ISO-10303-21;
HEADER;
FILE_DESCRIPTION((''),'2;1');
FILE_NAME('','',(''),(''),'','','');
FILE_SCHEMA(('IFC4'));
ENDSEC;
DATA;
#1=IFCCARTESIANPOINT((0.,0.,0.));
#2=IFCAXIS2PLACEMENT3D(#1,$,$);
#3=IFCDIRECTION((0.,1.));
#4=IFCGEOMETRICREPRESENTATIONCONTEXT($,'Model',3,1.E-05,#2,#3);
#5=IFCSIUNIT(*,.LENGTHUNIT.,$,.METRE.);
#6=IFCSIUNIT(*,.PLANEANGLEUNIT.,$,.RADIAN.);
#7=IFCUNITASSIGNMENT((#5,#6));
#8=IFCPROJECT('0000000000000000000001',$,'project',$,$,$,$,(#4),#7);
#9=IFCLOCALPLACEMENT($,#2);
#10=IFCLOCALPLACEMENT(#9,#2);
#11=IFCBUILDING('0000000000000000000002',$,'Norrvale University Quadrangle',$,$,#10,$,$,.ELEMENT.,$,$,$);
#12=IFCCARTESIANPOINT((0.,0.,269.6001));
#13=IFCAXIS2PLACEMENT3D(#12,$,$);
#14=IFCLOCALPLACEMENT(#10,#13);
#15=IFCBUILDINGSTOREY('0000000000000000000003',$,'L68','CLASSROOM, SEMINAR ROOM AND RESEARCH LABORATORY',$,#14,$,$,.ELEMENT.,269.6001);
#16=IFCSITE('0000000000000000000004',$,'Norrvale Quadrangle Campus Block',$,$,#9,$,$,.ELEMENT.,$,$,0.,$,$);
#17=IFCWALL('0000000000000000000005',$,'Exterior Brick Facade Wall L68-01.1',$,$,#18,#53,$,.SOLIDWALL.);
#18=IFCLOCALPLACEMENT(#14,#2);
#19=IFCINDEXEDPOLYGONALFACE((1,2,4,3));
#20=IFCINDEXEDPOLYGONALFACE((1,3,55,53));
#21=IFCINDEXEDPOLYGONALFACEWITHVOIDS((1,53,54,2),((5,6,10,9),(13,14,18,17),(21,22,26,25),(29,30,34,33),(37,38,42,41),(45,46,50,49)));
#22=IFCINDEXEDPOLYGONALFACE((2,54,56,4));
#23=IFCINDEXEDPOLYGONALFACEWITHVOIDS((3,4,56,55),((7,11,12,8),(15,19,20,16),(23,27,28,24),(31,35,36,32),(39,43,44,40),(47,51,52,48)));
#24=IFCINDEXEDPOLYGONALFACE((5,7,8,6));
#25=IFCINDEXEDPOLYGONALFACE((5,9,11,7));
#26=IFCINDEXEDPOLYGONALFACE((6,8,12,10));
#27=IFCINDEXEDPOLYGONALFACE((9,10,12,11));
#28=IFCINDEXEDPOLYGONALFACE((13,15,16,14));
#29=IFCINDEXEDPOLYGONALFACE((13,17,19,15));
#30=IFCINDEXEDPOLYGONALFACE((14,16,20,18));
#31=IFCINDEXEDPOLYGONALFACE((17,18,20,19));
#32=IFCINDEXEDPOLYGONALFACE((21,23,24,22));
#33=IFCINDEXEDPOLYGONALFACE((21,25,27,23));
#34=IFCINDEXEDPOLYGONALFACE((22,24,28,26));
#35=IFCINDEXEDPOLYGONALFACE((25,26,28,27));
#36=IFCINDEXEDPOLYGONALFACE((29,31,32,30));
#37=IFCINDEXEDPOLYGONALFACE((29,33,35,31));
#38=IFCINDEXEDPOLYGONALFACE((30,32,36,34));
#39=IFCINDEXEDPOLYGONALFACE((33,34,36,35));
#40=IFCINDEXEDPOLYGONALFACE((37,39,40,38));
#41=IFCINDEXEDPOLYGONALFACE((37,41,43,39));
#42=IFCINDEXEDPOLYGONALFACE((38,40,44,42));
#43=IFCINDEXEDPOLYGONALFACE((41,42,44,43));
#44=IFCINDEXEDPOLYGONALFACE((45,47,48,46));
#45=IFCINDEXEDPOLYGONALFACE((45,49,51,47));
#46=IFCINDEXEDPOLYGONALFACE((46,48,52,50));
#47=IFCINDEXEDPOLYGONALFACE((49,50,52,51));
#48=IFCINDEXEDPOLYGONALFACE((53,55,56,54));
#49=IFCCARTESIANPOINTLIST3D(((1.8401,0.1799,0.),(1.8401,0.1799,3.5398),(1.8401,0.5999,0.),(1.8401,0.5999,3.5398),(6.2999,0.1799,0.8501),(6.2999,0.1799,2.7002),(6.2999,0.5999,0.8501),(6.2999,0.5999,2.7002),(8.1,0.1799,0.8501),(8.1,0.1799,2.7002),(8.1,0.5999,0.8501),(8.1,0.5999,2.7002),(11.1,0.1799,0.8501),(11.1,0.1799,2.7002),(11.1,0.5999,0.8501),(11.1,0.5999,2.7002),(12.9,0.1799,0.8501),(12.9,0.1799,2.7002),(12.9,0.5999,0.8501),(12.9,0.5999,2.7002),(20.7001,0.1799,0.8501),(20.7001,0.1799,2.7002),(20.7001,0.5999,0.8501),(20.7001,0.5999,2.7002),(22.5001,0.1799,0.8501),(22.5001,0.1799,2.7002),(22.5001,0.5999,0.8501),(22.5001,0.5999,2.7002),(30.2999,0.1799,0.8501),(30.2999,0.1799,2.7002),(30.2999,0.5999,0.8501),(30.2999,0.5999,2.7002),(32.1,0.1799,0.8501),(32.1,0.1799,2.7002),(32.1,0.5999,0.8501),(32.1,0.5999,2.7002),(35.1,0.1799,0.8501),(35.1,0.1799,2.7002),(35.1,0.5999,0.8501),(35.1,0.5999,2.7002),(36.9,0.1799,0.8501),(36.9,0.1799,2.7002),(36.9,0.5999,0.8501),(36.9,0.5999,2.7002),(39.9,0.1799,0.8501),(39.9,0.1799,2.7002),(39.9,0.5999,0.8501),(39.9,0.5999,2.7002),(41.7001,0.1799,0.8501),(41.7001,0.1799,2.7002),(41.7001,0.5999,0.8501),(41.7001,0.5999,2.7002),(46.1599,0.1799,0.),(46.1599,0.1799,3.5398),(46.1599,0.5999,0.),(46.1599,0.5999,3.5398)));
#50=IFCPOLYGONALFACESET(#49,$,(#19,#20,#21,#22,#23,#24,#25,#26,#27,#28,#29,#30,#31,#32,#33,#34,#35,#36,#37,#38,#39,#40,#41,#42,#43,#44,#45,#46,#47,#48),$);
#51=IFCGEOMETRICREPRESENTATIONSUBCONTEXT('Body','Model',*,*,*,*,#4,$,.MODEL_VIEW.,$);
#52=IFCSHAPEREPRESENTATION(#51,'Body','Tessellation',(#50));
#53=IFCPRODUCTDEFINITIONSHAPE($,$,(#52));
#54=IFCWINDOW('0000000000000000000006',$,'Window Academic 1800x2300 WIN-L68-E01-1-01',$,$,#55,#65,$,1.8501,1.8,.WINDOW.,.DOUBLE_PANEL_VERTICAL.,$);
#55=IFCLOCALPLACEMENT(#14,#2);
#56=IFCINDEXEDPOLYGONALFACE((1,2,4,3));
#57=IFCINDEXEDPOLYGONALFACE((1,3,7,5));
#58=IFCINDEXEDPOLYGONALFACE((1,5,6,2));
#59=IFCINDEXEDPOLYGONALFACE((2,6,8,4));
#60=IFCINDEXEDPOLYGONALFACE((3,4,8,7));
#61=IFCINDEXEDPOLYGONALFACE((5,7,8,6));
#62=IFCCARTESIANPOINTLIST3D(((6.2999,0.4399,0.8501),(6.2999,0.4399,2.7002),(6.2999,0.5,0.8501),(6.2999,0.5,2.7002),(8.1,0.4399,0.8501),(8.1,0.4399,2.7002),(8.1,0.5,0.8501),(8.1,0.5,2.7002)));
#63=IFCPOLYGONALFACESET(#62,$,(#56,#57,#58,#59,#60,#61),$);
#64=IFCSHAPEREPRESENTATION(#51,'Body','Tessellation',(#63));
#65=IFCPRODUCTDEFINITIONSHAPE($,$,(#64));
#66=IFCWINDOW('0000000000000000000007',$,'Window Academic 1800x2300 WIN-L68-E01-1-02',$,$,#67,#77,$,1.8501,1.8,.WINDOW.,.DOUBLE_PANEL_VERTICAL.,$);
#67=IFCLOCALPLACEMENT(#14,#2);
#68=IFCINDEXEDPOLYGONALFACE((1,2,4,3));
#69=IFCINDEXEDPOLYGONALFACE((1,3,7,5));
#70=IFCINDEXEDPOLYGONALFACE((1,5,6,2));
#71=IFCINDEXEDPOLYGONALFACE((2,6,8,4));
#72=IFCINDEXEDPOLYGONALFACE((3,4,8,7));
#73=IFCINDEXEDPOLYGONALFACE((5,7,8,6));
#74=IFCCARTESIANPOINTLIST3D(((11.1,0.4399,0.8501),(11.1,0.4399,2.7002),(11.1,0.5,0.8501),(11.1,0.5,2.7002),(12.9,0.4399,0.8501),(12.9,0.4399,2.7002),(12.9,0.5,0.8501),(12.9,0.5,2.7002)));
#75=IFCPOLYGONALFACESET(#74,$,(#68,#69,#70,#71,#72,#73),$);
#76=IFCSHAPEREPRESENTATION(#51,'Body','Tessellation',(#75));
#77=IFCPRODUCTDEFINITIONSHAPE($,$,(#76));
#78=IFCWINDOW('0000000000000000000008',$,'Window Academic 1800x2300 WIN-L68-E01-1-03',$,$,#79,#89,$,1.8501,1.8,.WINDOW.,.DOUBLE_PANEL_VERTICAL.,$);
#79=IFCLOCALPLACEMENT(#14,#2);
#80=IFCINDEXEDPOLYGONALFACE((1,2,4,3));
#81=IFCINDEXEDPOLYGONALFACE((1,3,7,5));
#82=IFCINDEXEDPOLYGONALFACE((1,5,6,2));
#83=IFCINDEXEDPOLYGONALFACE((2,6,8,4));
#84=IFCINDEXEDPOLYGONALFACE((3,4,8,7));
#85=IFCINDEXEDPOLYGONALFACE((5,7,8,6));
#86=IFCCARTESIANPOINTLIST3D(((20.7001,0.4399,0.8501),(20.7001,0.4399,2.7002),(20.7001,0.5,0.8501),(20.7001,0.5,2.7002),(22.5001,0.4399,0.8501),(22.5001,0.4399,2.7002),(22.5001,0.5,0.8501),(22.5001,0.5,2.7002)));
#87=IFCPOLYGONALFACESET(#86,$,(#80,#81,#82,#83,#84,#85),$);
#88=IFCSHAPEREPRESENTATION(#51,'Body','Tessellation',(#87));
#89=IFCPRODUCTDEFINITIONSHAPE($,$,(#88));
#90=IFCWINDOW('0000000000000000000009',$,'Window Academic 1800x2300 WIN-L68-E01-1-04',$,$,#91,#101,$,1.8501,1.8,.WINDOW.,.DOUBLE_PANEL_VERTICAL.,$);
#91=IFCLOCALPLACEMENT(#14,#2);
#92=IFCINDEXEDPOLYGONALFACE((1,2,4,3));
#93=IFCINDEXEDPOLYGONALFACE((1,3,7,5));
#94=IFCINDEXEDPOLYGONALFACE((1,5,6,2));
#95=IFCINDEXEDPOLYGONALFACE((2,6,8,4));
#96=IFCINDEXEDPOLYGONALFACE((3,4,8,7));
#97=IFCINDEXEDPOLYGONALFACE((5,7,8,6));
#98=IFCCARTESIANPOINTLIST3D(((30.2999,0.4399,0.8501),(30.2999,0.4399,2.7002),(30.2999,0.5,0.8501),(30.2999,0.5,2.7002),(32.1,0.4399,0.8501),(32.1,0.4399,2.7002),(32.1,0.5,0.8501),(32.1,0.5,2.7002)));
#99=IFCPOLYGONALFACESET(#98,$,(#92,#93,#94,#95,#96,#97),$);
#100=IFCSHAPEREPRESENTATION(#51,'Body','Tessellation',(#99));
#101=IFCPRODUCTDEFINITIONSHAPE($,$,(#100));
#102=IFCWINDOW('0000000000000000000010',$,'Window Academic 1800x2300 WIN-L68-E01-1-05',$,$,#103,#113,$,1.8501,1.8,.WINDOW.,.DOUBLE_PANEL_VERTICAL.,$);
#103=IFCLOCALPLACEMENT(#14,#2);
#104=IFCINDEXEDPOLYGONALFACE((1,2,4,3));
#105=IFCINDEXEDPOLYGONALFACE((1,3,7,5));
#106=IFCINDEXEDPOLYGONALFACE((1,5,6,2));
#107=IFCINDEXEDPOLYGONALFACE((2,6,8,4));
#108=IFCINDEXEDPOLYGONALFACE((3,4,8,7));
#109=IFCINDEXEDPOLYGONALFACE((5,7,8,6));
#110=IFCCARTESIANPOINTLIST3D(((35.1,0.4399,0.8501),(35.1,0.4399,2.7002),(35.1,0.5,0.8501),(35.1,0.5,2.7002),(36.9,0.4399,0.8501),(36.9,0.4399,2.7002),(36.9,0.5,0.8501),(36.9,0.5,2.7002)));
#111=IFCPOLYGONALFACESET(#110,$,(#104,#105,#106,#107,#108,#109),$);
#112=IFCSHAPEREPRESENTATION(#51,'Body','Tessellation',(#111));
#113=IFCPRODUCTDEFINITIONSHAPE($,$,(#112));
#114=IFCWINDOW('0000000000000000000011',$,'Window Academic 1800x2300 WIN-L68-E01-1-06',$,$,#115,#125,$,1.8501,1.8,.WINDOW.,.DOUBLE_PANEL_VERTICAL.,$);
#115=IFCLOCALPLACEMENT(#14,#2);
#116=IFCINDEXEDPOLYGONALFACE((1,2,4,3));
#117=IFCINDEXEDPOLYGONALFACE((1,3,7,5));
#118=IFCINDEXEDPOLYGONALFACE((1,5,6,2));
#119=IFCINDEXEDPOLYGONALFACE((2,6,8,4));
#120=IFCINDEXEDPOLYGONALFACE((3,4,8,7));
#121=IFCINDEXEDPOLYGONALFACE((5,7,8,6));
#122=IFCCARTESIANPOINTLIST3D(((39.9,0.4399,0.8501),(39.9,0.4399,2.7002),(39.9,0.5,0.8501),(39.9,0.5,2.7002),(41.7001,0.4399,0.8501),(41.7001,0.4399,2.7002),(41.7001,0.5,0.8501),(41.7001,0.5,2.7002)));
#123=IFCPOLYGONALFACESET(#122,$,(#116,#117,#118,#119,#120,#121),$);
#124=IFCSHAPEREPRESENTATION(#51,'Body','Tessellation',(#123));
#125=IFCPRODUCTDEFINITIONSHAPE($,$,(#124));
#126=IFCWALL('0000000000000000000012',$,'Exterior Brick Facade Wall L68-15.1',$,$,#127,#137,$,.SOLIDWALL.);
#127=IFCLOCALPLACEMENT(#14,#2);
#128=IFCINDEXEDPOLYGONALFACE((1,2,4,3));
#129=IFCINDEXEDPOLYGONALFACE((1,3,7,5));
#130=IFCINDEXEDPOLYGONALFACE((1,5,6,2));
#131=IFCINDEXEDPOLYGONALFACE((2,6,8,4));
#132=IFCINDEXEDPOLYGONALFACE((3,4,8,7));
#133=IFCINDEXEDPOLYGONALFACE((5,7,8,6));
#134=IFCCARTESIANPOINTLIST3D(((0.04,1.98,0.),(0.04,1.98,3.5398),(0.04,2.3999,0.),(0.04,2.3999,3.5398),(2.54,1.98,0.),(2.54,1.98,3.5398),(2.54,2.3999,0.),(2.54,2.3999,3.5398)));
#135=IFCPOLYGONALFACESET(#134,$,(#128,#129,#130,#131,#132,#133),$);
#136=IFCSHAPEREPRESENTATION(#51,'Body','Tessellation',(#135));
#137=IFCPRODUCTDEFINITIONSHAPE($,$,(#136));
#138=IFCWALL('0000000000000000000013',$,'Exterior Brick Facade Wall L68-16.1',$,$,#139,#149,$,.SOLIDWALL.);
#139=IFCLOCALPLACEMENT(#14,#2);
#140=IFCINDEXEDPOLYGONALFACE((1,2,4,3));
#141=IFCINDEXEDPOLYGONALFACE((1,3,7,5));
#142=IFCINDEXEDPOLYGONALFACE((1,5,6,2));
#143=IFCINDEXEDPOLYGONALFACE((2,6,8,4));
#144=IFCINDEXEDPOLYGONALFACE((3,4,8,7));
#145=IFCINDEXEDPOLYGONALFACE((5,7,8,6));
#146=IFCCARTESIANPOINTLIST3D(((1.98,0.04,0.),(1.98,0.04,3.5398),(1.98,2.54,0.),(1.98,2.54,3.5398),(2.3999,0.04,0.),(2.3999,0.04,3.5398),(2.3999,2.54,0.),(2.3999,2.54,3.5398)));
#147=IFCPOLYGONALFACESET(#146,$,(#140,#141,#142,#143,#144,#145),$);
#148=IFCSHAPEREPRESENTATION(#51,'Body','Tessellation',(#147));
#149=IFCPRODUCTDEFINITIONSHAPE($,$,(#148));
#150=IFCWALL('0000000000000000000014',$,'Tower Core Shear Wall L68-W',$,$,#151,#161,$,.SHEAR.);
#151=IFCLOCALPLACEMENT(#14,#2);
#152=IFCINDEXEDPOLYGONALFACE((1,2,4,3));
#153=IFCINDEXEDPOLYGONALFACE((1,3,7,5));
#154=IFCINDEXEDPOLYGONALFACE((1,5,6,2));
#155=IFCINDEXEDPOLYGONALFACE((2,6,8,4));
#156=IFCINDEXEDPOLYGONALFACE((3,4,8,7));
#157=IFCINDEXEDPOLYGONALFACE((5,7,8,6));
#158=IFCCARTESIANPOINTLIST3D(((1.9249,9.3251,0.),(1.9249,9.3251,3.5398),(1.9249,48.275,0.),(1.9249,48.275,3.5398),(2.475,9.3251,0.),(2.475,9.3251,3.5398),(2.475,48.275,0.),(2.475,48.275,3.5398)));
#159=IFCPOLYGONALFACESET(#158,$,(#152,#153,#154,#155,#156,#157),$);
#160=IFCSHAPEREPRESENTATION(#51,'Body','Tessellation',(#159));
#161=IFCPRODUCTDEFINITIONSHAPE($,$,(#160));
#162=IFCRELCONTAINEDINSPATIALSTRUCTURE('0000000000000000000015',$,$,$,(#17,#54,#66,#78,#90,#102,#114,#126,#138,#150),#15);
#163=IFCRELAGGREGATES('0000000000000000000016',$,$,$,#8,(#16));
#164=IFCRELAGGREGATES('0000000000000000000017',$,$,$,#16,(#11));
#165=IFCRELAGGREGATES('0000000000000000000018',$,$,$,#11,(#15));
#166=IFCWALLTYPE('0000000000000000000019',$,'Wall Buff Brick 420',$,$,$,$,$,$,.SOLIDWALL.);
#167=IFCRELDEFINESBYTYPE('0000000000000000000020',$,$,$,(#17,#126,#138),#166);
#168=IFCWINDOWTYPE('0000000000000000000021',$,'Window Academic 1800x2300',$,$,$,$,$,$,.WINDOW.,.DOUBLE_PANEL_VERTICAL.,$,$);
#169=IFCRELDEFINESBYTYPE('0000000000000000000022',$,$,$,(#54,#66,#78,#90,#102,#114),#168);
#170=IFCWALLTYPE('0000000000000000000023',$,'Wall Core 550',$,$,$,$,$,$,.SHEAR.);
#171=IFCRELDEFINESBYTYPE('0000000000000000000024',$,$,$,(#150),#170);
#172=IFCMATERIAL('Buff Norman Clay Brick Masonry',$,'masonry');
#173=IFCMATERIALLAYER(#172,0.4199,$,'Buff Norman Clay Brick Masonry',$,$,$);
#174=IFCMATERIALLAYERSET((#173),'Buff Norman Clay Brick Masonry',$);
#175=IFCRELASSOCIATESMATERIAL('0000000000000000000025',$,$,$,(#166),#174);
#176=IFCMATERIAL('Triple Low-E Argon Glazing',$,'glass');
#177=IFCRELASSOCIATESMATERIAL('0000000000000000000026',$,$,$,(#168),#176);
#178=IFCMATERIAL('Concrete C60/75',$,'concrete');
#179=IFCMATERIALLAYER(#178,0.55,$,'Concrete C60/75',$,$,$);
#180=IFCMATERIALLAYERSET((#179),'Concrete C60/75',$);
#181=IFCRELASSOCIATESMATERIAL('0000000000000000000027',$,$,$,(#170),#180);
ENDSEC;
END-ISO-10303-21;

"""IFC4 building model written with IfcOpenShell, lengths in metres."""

from ifc_helpers import new_model, si_unit, direction, frame, frame_2d, origin, place, context, subcontext, project, spatial, rectangle, extrude, material, layer, layer_set, type_object, element, fill, save


model = new_model("IFC4")

# Units and contexts
model_context = context("Model", 3, precision=1e-05, world=origin(), true_north=direction((0.0, 1.0)))
body_context = subcontext(model_context, "Body", "Model", "MODEL_VIEW")
ifc_project = project(units=[si_unit("LENGTHUNIT", "METRE"), si_unit("PLANEANGLEUNIT", "RADIAN")], contexts=[model_context])

# Site, building, storey
site_placement = place(None, origin())
site = spatial("IfcSite", under=ifc_project, at=site_placement, Name="Norrvale Quadrangle Campus Block", CompositionType="ELEMENT", RefElevation=0.0)
building_placement = place(site_placement, origin())
building = spatial("IfcBuilding", under=site, at=building_placement, Name="Norrvale University Quadrangle", CompositionType="ELEMENT")
storey_placement = place(building_placement, frame((0.0, 0.0, 269.6001)))
storey = spatial("IfcBuildingStorey", under=building, at=storey_placement, Name="L68", Description="CLASSROOM, SEMINAR ROOM AND RESEARCH LABORATORY", CompositionType="ELEMENT", Elevation=269.6001)

# Shared definitions
ifc_material_1 = material(Name="Concrete C60/75", Category="concrete")

# Wall, openings, windows
ifc_material_2 = material(Name="Buff Norman Clay Brick Masonry", Category="masonry")
ifc_layer_1 = layer(ifc_material_2, 0.4199, Name="Buff Norman Clay Brick Masonry")
ifc_layer_set_1 = layer_set([ifc_layer_1], Name="Buff Norman Clay Brick Masonry")
wall_type_1 = type_object("IfcWallType", Name="Wall Buff Brick 420", PredefinedType="SOLIDWALL", material=ifc_layer_set_1)
wall_1_placement = place(storey_placement, frame((1.8401, 0.3899, 0.0), z_axis=(0.0, 0.0, 1.0), x_axis=(1.0, 0.0, 0.0)))
wall_1 = element("IfcWall", 1, at=wall_1_placement, inside=storey, type_object=wall_type_1, Name="Exterior Brick Facade Wall L68-01.1", PredefinedType="SOLIDWALL", context=body_context, shape_type="SweptSolid", body=[
    extrude(rectangle(XDim=44.3198, YDim=0.4199, at=frame_2d((22.1599, 0.0))), origin(), (0.0, 0.0, 1.0), 3.5398),
])
opening_1_placement = place(wall_1_placement, frame((4.46, 0.0, 0.8501)))
opening_1 = element("IfcOpeningElement", 2, at=opening_1_placement, cuts=wall_1, PredefinedType="OPENING", context=body_context, shape_type="SweptSolid", body=[
    extrude(rectangle(XDim=1.8, YDim=1.8501, at=frame_2d((0.8999, 0.925))), frame((0.0, 0.2219, 0.0), z_axis=(0.0, -1.0, 0.0), x_axis=(1.0, 0.0, 0.0)), (0.0, 0.0, 1.0), 0.4438),
])
opening_2_placement = place(wall_1_placement, frame((9.26, 0.0, 0.8501)))
opening_2 = element("IfcOpeningElement", 3, at=opening_2_placement, cuts=wall_1, PredefinedType="OPENING", context=body_context, shape_type="SweptSolid", body=[
    extrude(rectangle(XDim=1.8, YDim=1.8501, at=frame_2d((0.8999, 0.925))), frame((0.0, 0.2219, 0.0), z_axis=(0.0, -1.0, 0.0), x_axis=(1.0, 0.0, 0.0)), (0.0, 0.0, 1.0), 0.4438),
])
opening_3_placement = place(wall_1_placement, frame((18.8601, 0.0, 0.8501)))
opening_3 = element("IfcOpeningElement", 4, at=opening_3_placement, cuts=wall_1, PredefinedType="OPENING", context=body_context, shape_type="SweptSolid", body=[
    extrude(rectangle(XDim=1.8, YDim=1.8501, at=frame_2d((0.8999, 0.925))), frame((0.0, 0.2219, 0.0), z_axis=(0.0, -1.0, 0.0), x_axis=(1.0, 0.0, 0.0)), (0.0, 0.0, 1.0), 0.4438),
])
opening_4_placement = place(wall_1_placement, frame((28.46, 0.0, 0.8501)))
opening_4 = element("IfcOpeningElement", 5, at=opening_4_placement, cuts=wall_1, PredefinedType="OPENING", context=body_context, shape_type="SweptSolid", body=[
    extrude(rectangle(XDim=1.8, YDim=1.8501, at=frame_2d((0.8999, 0.925))), frame((0.0, 0.2219, 0.0), z_axis=(0.0, -1.0, 0.0), x_axis=(1.0, 0.0, 0.0)), (0.0, 0.0, 1.0), 0.4438),
])
opening_5_placement = place(wall_1_placement, frame((33.26, 0.0, 0.8501)))
opening_5 = element("IfcOpeningElement", 6, at=opening_5_placement, cuts=wall_1, PredefinedType="OPENING", context=body_context, shape_type="SweptSolid", body=[
    extrude(rectangle(XDim=1.8, YDim=1.8501, at=frame_2d((0.8999, 0.925))), frame((0.0, 0.2219, 0.0), z_axis=(0.0, -1.0, 0.0), x_axis=(1.0, 0.0, 0.0)), (0.0, 0.0, 1.0), 0.4438),
])
opening_6_placement = place(wall_1_placement, frame((38.0601, 0.0, 0.8501)))
opening_6 = element("IfcOpeningElement", 7, at=opening_6_placement, cuts=wall_1, PredefinedType="OPENING", context=body_context, shape_type="SweptSolid", body=[
    extrude(rectangle(XDim=1.8, YDim=1.8501, at=frame_2d((0.8999, 0.925))), frame((0.0, 0.2219, 0.0), z_axis=(0.0, -1.0, 0.0), x_axis=(1.0, 0.0, 0.0)), (0.0, 0.0, 1.0), 0.4438),
])
ifc_material_3 = material(Name="Triple Low-E Argon Glazing", Category="glass")
window_type = type_object("IfcWindowType", Name="Window Academic 1800x2300", PartitioningType="DOUBLE_PANEL_VERTICAL", PredefinedType="WINDOW", material=ifc_material_3)
window_1_placement = place(opening_1_placement, origin())
window_1 = element("IfcWindow", 8, at=window_1_placement, inside=storey, type_object=window_type, Name="Window Academic 1800x2300 WIN-L68-E01-1-01", OverallHeight=1.8501, OverallWidth=1.8, PartitioningType="DOUBLE_PANEL_VERTICAL", PredefinedType="WINDOW", context=body_context, shape_type="SweptSolid", body=[
    extrude(rectangle(XDim=1.8, YDim=1.8501, at=frame_2d((0.8999, 0.925))), frame((0.0, 0.1101, 0.0), z_axis=(0.0, -1.0, 0.0), x_axis=(1.0, 0.0, 0.0)), (0.0, 0.0, 1.0), 0.0601),
])
fill(opening_1, window_1)
window_2_placement = place(opening_2_placement, origin())
window_2 = element("IfcWindow", 9, at=window_2_placement, inside=storey, type_object=window_type, Name="Window Academic 1800x2300 WIN-L68-E01-1-02", OverallHeight=1.8501, OverallWidth=1.8, PartitioningType="DOUBLE_PANEL_VERTICAL", PredefinedType="WINDOW", context=body_context, shape_type="SweptSolid", body=[
    extrude(rectangle(XDim=1.8, YDim=1.8501, at=frame_2d((0.8999, 0.925))), frame((0.0, 0.1101, 0.0), z_axis=(0.0, -1.0, 0.0), x_axis=(1.0, 0.0, 0.0)), (0.0, 0.0, 1.0), 0.0601),
])
fill(opening_2, window_2)
window_3_placement = place(opening_3_placement, origin())
window_3 = element("IfcWindow", 10, at=window_3_placement, inside=storey, type_object=window_type, Name="Window Academic 1800x2300 WIN-L68-E01-1-03", OverallHeight=1.8501, OverallWidth=1.8, PartitioningType="DOUBLE_PANEL_VERTICAL", PredefinedType="WINDOW", context=body_context, shape_type="SweptSolid", body=[
    extrude(rectangle(XDim=1.8, YDim=1.8501, at=frame_2d((0.8999, 0.925))), frame((0.0, 0.1101, 0.0), z_axis=(0.0, -1.0, 0.0), x_axis=(1.0, 0.0, 0.0)), (0.0, 0.0, 1.0), 0.0601),
])
fill(opening_3, window_3)
window_4_placement = place(opening_4_placement, origin())
window_4 = element("IfcWindow", 11, at=window_4_placement, inside=storey, type_object=window_type, Name="Window Academic 1800x2300 WIN-L68-E01-1-04", OverallHeight=1.8501, OverallWidth=1.8, PartitioningType="DOUBLE_PANEL_VERTICAL", PredefinedType="WINDOW", context=body_context, shape_type="SweptSolid", body=[
    extrude(rectangle(XDim=1.8, YDim=1.8501, at=frame_2d((0.8999, 0.925))), frame((0.0, 0.1101, 0.0), z_axis=(0.0, -1.0, 0.0), x_axis=(1.0, 0.0, 0.0)), (0.0, 0.0, 1.0), 0.0601),
])
fill(opening_4, window_4)
window_5_placement = place(opening_5_placement, origin())
window_5 = element("IfcWindow", 12, at=window_5_placement, inside=storey, type_object=window_type, Name="Window Academic 1800x2300 WIN-L68-E01-1-05", OverallHeight=1.8501, OverallWidth=1.8, PartitioningType="DOUBLE_PANEL_VERTICAL", PredefinedType="WINDOW", context=body_context, shape_type="SweptSolid", body=[
    extrude(rectangle(XDim=1.8, YDim=1.8501, at=frame_2d((0.8999, 0.925))), frame((0.0, 0.1101, 0.0), z_axis=(0.0, -1.0, 0.0), x_axis=(1.0, 0.0, 0.0)), (0.0, 0.0, 1.0), 0.0601),
])
fill(opening_5, window_5)
window_6_placement = place(opening_6_placement, origin())
window_6 = element("IfcWindow", 13, at=window_6_placement, inside=storey, type_object=window_type, Name="Window Academic 1800x2300 WIN-L68-E01-1-06", OverallHeight=1.8501, OverallWidth=1.8, PartitioningType="DOUBLE_PANEL_VERTICAL", PredefinedType="WINDOW", context=body_context, shape_type="SweptSolid", body=[
    extrude(rectangle(XDim=1.8, YDim=1.8501, at=frame_2d((0.8999, 0.925))), frame((0.0, 0.1101, 0.0), z_axis=(0.0, -1.0, 0.0), x_axis=(1.0, 0.0, 0.0)), (0.0, 0.0, 1.0), 0.0601),
])
fill(opening_6, window_6)

# Walls
for number, where, z_axis, x_axis, name in (
    (14, (0.04, 2.1899, 0.0), (0.0, 0.0, 1.0), (1.0, 0.0, 0.0), "Exterior Brick Facade Wall L68-15.1"),
    (15, (2.1899, 2.54, 0.0), (0.0, 0.0, 1.0), (0.0, -1.0, 0.0), "Exterior Brick Facade Wall L68-16.1"),
):
    element("IfcWall", number, at=place(storey_placement, frame(where, z_axis=z_axis, x_axis=x_axis)), inside=storey, type_object=wall_type_1, Name=name, PredefinedType="SOLIDWALL", context=body_context, shape_type="SweptSolid", body=[
        extrude(rectangle(XDim=2.5, YDim=0.4199, at=frame_2d((1.25, 0.0))), origin(), (0.0, 0.0, 1.0), 3.5398),
    ])
ifc_layer_2 = layer(ifc_material_1, 0.55, Name="Concrete C60/75")
ifc_layer_set_2 = layer_set([ifc_layer_2], Name="Concrete C60/75")
wall_type_2 = type_object("IfcWallType", Name="Wall Core 550", PredefinedType="SHEAR", material=ifc_layer_set_2)
wall_2_placement = place(storey_placement, frame((2.2, 9.325, 0.0), z_axis=(0.0, 0.0, 1.0), x_axis=(0.0, 1.0, 0.0)))
element("IfcWall", 16, at=wall_2_placement, inside=storey, type_object=wall_type_2, Name="Tower Core Shear Wall L68-W", PredefinedType="SHEAR", context=body_context, shape_type="SweptSolid", body=[
    extrude(rectangle(XDim=38.95, YDim=0.55, at=frame_2d((19.4751, 0.0))), origin(), (0.0, 0.0, 1.0), 3.5398),
])

save(model, "model.ifc")
